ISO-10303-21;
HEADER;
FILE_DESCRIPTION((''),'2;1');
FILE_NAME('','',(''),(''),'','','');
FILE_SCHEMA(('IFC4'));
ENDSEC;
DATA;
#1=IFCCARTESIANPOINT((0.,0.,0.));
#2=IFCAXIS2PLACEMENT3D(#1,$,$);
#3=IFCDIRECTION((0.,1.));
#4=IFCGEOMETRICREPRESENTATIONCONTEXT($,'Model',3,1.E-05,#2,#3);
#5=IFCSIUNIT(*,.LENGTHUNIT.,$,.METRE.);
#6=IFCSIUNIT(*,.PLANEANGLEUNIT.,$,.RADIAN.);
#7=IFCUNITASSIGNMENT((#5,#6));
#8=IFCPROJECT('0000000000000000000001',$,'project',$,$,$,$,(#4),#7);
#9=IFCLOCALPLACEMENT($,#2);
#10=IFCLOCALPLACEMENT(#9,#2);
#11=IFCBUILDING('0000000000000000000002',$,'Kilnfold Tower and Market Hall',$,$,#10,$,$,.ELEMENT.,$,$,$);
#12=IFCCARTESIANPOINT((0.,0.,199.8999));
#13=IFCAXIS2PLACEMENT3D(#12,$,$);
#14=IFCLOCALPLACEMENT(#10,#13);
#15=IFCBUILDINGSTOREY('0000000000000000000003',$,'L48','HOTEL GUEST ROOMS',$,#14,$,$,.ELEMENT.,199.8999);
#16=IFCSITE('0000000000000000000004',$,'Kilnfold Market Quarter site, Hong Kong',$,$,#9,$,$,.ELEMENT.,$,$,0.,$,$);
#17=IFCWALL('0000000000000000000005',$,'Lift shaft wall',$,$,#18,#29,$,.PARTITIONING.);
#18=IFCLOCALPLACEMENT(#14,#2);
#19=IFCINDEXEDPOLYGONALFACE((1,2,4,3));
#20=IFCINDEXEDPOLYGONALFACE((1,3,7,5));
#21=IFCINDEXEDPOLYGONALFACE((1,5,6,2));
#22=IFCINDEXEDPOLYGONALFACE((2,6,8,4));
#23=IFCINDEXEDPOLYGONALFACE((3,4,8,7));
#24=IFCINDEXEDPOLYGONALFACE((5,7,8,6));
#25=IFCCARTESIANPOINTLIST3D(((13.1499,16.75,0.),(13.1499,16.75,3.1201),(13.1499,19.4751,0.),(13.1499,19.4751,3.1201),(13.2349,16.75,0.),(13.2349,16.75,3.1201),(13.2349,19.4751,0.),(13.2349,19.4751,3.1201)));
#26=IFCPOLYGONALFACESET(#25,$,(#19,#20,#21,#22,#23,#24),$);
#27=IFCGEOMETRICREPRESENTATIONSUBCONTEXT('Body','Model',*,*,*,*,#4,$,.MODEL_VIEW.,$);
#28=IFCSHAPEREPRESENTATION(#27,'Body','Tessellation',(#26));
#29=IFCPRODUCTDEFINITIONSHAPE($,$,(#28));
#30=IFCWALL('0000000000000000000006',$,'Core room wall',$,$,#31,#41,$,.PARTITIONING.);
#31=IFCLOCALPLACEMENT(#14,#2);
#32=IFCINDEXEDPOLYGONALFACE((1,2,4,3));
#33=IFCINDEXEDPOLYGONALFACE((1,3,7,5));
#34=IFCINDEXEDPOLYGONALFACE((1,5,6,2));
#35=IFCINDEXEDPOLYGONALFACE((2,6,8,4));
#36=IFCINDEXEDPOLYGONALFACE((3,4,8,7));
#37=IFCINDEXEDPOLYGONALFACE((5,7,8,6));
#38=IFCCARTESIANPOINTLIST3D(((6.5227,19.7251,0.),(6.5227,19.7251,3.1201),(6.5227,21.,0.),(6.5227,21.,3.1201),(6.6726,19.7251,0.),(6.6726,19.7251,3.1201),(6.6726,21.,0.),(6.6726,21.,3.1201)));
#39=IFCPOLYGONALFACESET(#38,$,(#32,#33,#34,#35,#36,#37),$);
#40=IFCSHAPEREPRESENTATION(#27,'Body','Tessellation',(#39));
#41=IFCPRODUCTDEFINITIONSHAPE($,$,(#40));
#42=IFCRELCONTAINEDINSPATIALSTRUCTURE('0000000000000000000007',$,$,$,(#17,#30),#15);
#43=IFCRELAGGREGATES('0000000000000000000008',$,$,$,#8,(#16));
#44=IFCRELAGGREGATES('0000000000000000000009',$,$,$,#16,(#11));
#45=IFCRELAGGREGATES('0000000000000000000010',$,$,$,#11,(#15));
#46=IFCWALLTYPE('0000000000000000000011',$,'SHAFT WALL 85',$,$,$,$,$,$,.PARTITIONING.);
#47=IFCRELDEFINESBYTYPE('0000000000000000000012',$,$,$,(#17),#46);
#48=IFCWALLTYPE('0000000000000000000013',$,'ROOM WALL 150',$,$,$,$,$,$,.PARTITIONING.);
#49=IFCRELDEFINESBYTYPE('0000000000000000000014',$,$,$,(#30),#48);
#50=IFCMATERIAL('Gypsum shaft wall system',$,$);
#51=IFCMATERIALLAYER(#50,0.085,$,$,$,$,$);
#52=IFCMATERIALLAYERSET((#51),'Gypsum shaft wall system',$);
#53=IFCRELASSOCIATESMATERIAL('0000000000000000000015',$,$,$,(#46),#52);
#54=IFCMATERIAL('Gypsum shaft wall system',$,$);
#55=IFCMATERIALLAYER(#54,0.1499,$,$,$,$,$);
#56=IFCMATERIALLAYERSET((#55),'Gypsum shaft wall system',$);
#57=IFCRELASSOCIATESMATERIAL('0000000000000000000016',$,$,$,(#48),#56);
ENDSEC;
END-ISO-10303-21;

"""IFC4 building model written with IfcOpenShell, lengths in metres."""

from ifc_helpers import new_model, si_unit, direction, frame, frame_2d, origin, place, context, subcontext, project, spatial, rectangle, extrude, source, transform, mapped, material, layer, layer_set, type_object, element, save


model = new_model("IFC4")

# Units and contexts
model_context = context("Model", 3, precision=1e-05, world=origin(), true_north=direction((0.0, 1.0)))
body_context = subcontext(model_context, "Body", "Model", "MODEL_VIEW")
ifc_project = project(units=[si_unit("LENGTHUNIT", "METRE"), si_unit("PLANEANGLEUNIT", "RADIAN")], contexts=[model_context])

# Site, building, storey
site_placement = place(None, origin())
site = spatial("IfcSite", under=ifc_project, at=site_placement, Name="Kilnfold Market Quarter site, Hong Kong", CompositionType="ELEMENT", RefElevation=0.0)
building_placement = place(site_placement, origin())
building = spatial("IfcBuilding", under=site, at=building_placement, Name="Kilnfold Tower and Market Hall", CompositionType="ELEMENT")
storey_placement = place(building_placement, frame((0.0, 0.0, 199.8999)))
storey = spatial("IfcBuildingStorey", under=building, at=storey_placement, Name="L48", Description="HOTEL GUEST ROOMS", CompositionType="ELEMENT", Elevation=199.8999)

# Walls
ifc_material_1 = material(Name="Gypsum shaft wall system")
ifc_layer_1 = layer(ifc_material_1, 0.085)
ifc_layer_set_1 = layer_set([ifc_layer_1], Name="Gypsum shaft wall system")
wall_type_1 = type_object("IfcWallType", Name="SHAFT WALL 85", PredefinedType="PARTITIONING", material=ifc_layer_set_1)
shared_shape_1 = source(origin(), body_context, "Body", "SweptSolid", [
    extrude(rectangle(XDim=2.7251, YDim=0.085, at=frame_2d((1.3625, 0.0))), origin(), (0.0, 0.0, 1.0), 3.1201),
])
wall_1_placement = place(storey_placement, frame((13.1924, 16.75, 0.0), z_axis=(0.0, 0.0, 1.0), x_axis=(0.0, 1.0, 0.0)))
element("IfcWall", 1, at=wall_1_placement, inside=storey, type_object=wall_type_1, Name="Lift shaft wall", PredefinedType="PARTITIONING", context=body_context, shape_type="MappedRepresentation", body=[
    mapped(shared_shape_1, transform((0.0, 0.0, 0.0))),
])
ifc_material_2 = material(Name="Gypsum shaft wall system")
ifc_layer_2 = layer(ifc_material_2, 0.1499)
ifc_layer_set_2 = layer_set([ifc_layer_2], Name="Gypsum shaft wall system")
wall_type_2 = type_object("IfcWallType", Name="ROOM WALL 150", PredefinedType="PARTITIONING", material=ifc_layer_set_2)
shared_shape_2 = source(origin(), body_context, "Body", "SweptSolid", [
    extrude(rectangle(XDim=1.2749, YDim=0.1499, at=frame_2d((0.6375, 0.0))), origin(), (0.0, 0.0, 1.0), 3.1201),
])
wall_2_placement = place(storey_placement, frame((6.5977, 19.7251, 0.0), z_axis=(0.0, 0.0, 1.0), x_axis=(0.0, 1.0, 0.0)))
element("IfcWall", 2, at=wall_2_placement, inside=storey, type_object=wall_type_2, Name="Core room wall", PredefinedType="PARTITIONING", context=body_context, shape_type="MappedRepresentation", body=[
    mapped(shared_shape_2, transform((0.0, 0.0, 0.0))),
])

save(model, "model.ifc")
